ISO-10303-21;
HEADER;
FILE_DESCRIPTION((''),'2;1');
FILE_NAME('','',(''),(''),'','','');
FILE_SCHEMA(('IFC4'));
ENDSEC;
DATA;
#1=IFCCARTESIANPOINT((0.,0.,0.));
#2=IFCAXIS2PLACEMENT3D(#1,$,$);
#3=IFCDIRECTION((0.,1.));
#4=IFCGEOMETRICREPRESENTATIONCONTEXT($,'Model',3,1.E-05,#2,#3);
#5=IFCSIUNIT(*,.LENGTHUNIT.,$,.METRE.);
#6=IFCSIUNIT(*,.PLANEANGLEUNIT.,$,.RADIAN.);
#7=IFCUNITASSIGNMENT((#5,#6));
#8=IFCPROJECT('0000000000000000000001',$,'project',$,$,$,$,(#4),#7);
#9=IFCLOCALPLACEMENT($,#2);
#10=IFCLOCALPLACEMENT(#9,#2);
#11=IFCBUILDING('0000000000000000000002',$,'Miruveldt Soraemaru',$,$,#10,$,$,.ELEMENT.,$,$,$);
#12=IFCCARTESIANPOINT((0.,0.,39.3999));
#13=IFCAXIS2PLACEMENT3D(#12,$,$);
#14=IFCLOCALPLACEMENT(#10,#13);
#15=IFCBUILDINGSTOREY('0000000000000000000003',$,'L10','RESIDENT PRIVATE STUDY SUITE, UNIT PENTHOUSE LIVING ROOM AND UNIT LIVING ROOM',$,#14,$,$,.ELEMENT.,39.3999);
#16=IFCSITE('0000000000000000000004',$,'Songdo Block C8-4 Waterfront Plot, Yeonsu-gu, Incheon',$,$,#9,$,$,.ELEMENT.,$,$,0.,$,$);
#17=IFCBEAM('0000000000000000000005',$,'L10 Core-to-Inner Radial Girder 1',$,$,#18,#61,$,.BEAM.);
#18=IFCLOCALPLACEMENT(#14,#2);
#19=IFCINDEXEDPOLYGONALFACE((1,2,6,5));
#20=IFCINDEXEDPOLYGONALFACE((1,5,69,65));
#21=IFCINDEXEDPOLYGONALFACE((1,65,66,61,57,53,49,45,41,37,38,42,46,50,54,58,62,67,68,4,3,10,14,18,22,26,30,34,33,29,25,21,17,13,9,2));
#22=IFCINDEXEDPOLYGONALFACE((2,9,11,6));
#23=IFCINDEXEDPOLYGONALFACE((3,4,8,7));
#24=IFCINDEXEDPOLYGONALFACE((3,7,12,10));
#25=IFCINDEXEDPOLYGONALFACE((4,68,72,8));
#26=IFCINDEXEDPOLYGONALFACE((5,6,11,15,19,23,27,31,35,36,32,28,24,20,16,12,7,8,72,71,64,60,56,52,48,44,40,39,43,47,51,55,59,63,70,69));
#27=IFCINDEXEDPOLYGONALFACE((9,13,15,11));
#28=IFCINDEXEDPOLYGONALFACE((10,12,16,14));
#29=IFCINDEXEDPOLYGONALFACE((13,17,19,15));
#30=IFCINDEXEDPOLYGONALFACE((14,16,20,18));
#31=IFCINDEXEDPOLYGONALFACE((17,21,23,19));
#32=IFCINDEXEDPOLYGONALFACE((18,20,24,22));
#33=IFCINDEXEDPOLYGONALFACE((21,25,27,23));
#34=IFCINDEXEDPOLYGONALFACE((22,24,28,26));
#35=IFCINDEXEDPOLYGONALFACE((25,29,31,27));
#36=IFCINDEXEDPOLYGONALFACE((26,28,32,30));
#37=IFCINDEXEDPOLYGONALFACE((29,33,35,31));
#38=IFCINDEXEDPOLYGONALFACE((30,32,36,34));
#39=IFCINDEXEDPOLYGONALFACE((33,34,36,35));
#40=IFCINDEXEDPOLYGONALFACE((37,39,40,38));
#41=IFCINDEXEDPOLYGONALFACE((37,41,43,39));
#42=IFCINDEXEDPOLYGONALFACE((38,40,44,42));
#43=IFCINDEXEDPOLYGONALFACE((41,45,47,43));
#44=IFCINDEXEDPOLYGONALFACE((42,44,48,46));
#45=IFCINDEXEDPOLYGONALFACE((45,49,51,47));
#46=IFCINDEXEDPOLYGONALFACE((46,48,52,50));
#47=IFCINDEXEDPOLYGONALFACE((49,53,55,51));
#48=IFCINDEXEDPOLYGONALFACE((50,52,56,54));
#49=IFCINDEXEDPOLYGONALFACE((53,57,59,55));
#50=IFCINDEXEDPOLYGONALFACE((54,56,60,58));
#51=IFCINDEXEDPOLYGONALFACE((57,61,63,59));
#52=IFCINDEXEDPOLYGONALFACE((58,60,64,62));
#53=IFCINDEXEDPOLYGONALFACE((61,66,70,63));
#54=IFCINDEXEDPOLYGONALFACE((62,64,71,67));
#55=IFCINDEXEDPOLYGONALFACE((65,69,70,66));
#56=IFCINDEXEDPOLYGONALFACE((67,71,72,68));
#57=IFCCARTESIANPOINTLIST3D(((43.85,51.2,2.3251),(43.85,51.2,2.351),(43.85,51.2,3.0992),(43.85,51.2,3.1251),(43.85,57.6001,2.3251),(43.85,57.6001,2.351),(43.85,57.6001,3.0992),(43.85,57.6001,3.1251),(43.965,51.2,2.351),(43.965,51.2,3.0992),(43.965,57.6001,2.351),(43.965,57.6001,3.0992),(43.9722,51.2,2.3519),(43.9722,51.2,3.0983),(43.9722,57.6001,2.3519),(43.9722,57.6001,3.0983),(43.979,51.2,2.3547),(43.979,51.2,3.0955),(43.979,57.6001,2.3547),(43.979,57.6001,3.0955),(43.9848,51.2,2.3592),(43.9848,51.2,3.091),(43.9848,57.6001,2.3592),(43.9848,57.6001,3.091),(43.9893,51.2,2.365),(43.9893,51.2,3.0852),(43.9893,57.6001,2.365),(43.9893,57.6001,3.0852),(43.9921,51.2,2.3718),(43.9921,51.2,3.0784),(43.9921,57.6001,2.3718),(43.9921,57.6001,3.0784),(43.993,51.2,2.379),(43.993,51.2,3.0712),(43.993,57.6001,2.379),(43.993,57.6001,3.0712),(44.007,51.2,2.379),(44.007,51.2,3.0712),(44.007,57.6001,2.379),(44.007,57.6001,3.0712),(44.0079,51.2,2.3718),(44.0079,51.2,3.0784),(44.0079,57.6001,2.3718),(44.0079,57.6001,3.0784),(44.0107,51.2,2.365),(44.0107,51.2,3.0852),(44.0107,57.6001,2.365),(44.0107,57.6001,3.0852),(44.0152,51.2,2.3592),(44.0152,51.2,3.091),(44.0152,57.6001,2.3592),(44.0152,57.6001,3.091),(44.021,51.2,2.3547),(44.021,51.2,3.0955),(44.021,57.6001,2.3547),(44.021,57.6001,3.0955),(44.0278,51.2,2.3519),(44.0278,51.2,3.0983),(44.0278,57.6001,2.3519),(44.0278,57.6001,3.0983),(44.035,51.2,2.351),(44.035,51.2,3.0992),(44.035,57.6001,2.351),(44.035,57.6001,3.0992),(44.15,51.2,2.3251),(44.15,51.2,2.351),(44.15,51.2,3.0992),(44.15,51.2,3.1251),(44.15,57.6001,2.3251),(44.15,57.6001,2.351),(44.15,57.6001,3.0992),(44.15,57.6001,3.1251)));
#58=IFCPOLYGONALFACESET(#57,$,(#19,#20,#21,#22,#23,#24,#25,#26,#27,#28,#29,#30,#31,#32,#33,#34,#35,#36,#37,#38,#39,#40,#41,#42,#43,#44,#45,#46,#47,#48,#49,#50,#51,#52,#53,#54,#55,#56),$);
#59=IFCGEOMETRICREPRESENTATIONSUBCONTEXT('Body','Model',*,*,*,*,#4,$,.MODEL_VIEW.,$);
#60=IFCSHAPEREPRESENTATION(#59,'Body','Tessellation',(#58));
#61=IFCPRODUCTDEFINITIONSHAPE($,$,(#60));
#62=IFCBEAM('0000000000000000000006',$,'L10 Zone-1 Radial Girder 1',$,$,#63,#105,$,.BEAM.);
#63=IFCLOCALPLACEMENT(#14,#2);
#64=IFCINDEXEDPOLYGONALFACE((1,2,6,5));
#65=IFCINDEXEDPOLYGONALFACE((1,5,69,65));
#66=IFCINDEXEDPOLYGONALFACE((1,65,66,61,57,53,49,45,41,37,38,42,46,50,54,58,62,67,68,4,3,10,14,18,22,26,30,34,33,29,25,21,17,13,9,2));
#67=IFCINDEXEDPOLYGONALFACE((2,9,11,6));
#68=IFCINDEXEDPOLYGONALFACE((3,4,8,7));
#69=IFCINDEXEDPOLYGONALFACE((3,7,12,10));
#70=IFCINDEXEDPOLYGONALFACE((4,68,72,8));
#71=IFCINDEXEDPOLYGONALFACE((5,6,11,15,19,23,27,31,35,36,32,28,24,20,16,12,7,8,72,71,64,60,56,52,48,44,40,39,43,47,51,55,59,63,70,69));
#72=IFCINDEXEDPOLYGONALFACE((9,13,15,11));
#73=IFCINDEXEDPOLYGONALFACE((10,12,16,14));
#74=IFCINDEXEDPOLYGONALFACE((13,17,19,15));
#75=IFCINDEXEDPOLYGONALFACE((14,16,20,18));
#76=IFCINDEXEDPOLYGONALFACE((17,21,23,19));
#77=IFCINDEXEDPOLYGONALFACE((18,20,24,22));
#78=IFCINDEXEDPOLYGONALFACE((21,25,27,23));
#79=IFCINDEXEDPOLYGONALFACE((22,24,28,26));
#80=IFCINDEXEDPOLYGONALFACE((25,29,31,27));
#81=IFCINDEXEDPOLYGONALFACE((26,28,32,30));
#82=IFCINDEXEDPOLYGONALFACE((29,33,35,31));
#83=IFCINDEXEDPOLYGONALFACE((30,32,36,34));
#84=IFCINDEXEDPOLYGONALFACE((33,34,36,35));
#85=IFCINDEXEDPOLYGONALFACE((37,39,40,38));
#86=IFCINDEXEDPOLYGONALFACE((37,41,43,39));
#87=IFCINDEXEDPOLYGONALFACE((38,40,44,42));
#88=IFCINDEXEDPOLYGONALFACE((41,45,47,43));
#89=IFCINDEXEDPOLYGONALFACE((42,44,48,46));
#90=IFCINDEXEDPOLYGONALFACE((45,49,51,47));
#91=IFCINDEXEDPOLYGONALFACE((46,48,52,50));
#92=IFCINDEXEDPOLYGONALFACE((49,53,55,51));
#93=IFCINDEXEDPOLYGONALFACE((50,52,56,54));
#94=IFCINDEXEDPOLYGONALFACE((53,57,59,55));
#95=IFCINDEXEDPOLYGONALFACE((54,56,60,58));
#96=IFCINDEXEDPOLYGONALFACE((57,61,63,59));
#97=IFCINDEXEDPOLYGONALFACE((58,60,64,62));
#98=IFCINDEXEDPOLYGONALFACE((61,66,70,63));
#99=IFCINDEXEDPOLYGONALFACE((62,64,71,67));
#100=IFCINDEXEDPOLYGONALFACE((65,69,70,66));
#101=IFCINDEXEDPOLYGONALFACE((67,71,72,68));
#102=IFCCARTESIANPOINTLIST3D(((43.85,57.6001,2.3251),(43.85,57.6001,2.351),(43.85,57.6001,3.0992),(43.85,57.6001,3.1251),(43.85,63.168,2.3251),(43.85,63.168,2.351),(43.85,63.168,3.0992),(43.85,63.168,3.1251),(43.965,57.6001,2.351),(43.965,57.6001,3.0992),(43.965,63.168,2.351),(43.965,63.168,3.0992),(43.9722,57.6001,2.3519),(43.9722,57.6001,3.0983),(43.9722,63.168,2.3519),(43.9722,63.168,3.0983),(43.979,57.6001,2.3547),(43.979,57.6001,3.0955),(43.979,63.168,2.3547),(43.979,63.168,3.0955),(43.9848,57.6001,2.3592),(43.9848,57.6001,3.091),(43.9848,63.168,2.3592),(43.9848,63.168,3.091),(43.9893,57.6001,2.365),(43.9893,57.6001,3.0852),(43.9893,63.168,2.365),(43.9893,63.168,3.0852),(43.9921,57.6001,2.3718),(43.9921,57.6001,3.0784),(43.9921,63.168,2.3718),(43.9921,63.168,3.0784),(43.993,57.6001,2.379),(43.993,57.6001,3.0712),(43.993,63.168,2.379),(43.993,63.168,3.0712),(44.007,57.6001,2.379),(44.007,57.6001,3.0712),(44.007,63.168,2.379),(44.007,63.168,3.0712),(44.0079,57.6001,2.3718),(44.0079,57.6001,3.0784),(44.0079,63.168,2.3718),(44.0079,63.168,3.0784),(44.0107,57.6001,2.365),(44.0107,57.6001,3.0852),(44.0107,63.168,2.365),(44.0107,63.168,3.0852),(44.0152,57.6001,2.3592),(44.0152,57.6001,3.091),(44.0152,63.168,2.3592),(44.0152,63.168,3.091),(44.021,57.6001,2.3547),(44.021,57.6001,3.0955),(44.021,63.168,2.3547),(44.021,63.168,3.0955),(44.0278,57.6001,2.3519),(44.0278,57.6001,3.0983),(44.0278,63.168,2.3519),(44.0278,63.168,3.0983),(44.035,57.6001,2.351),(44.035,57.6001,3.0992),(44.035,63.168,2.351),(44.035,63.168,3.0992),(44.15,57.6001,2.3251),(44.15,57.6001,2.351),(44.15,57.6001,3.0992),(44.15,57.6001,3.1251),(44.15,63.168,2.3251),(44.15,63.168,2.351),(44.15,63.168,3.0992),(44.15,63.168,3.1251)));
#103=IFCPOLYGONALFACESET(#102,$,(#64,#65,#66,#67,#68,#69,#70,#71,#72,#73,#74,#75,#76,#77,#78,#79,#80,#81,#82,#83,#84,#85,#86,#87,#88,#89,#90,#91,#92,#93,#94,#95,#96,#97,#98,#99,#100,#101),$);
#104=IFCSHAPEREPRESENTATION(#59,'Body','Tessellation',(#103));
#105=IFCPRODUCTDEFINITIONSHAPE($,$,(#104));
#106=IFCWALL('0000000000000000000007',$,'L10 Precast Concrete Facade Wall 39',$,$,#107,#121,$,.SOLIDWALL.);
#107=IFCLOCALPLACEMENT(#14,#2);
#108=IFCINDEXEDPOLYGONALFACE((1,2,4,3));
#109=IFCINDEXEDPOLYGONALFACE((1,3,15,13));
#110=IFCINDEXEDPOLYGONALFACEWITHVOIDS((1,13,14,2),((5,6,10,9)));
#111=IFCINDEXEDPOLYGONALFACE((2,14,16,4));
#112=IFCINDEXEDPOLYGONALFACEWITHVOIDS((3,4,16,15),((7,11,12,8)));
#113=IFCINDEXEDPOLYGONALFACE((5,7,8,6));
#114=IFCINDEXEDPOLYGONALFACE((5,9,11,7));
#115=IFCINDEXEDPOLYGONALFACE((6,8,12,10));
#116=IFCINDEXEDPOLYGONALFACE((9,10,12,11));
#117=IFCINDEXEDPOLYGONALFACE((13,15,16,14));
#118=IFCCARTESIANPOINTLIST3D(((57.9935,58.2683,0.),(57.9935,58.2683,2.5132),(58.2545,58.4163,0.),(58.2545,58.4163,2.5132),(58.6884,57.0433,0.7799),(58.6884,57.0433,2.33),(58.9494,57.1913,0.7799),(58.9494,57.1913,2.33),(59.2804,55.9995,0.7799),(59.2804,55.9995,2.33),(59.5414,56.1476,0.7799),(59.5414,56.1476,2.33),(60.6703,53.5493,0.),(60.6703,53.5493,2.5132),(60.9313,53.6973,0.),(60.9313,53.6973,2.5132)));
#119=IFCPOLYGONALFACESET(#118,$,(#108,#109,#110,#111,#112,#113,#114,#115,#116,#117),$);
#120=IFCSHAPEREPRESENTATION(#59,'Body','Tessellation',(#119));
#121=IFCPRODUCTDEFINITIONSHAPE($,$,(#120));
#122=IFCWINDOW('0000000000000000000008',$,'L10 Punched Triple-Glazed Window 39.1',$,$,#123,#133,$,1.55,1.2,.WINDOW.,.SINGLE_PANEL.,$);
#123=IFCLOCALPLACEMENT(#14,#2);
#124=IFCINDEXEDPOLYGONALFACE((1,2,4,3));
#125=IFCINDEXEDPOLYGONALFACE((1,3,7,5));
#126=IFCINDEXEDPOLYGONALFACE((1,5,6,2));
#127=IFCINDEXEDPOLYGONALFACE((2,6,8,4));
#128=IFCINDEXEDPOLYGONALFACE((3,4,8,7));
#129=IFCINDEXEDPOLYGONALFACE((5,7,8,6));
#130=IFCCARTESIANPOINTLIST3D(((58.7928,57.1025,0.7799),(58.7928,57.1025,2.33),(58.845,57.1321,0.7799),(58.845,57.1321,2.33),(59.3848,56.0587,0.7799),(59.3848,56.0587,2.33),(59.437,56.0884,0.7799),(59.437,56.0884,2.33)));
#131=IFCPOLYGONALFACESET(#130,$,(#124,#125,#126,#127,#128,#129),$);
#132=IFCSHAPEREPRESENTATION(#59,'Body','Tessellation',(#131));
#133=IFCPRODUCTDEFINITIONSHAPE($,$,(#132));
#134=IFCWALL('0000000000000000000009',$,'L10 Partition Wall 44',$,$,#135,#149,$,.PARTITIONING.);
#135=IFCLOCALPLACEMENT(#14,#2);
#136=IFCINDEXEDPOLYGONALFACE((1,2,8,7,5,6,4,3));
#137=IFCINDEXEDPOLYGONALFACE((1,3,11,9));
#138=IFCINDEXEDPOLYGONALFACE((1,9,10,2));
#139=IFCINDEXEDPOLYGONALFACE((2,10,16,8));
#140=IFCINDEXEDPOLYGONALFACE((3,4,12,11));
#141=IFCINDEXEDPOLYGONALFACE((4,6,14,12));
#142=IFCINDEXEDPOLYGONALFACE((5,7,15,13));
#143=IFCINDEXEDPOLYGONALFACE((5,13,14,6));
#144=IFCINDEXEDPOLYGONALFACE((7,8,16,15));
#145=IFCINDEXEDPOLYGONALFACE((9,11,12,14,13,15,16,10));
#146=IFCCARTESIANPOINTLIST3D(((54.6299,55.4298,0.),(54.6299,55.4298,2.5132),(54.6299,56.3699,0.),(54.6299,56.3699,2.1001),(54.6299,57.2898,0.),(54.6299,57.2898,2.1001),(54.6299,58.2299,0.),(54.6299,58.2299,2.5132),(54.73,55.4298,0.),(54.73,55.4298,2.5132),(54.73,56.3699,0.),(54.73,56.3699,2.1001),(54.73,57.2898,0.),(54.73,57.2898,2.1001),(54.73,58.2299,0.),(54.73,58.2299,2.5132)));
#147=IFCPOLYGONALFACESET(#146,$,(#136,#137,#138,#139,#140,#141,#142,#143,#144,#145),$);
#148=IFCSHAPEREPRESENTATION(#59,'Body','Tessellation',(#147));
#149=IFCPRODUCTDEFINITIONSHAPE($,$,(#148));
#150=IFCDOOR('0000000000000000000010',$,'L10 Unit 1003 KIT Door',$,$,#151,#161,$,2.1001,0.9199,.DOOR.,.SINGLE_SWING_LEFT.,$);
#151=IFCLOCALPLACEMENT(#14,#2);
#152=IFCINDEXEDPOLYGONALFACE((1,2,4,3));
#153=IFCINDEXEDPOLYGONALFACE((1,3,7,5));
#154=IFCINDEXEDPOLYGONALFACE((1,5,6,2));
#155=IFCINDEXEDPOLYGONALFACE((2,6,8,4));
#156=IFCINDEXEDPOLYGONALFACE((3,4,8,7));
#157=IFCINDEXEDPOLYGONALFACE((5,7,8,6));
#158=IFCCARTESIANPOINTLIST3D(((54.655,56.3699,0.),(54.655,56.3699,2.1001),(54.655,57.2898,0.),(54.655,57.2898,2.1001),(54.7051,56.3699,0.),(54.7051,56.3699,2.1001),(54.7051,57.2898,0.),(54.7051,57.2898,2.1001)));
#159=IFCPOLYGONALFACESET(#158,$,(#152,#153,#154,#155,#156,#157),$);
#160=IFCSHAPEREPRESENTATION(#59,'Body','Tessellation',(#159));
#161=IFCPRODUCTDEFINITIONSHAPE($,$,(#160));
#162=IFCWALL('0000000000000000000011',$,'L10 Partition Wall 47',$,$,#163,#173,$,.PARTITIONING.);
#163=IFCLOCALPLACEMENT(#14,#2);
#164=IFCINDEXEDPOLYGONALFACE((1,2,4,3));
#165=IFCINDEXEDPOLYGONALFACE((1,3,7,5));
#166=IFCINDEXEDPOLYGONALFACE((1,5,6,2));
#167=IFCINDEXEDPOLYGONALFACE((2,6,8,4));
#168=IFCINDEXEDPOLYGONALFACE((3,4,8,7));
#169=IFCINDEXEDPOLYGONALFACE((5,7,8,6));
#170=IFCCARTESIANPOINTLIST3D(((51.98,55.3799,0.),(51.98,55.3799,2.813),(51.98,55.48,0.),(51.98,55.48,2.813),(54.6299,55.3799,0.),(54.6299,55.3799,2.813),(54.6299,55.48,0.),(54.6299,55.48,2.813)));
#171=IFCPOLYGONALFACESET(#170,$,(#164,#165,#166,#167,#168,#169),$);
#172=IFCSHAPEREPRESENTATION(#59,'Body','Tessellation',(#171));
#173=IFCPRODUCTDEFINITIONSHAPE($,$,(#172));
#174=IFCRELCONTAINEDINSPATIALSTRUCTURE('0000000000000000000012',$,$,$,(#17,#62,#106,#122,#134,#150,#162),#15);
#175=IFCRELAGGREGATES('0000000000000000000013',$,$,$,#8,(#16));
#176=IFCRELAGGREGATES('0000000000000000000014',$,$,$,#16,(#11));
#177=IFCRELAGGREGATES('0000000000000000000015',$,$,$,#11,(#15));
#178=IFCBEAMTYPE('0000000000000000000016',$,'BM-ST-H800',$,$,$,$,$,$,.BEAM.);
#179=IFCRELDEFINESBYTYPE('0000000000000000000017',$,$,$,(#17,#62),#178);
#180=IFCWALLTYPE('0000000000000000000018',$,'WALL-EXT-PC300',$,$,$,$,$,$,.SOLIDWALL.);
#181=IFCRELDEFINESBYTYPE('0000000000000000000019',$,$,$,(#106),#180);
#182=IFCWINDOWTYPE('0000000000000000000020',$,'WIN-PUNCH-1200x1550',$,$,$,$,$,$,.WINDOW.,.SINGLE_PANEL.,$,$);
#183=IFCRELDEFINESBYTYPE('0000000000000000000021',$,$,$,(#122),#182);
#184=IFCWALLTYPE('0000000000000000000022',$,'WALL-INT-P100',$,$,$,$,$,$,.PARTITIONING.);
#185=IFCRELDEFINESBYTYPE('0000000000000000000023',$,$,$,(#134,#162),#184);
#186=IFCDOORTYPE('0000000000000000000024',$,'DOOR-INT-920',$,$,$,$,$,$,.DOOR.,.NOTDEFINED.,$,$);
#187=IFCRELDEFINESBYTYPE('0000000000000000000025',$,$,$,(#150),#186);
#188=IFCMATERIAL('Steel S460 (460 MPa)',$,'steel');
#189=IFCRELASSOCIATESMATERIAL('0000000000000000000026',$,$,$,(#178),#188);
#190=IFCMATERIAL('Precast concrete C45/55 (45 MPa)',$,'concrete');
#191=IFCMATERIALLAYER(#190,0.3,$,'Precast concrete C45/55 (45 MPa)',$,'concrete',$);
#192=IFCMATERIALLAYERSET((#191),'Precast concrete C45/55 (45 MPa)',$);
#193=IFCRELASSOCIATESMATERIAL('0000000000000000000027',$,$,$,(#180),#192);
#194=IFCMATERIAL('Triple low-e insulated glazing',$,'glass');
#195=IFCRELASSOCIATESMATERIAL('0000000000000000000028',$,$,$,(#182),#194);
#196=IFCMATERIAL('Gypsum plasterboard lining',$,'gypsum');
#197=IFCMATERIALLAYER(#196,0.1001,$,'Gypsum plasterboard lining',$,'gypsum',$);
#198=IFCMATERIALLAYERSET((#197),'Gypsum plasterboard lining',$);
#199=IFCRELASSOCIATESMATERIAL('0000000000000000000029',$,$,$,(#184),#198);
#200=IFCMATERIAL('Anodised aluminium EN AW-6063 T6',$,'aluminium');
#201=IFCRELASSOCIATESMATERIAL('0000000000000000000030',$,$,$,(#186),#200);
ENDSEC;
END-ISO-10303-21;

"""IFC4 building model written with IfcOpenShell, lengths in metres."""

from ifc_helpers import new_model, si_unit, direction, frame, frame_2d, origin, origin_2d, place, context, subcontext, project, spatial, rectangle, i_section, extrude, material, layer, layer_set, material_profile, profile_set, type_object, element, fill, save


model = new_model("IFC4")

# Units and contexts
model_context = context("Model", 3, precision=1e-05, world=origin(), true_north=direction((0.0, 1.0)))
body_context = subcontext(model_context, "Body", "Model", "MODEL_VIEW")
ifc_project = project(units=[si_unit("LENGTHUNIT", "METRE"), si_unit("PLANEANGLEUNIT", "RADIAN")], contexts=[model_context])

# Site, building, storey
site_placement = place(None, origin())
site = spatial("IfcSite", under=ifc_project, at=site_placement, Name="Songdo Block C8-4 Waterfront Plot, Yeonsu-gu, Incheon", CompositionType="ELEMENT", RefElevation=0.0)
building_placement = place(site_placement, origin())
building = spatial("IfcBuilding", under=site, at=building_placement, Name="Miruveldt Soraemaru", CompositionType="ELEMENT")
storey_placement = place(building_placement, frame((0.0, 0.0, 39.3999)))
storey = spatial("IfcBuildingStorey", under=building, at=storey_placement, Name="L10", Description="RESIDENT PRIVATE STUDY SUITE, UNIT PENTHOUSE LIVING ROOM AND UNIT LIVING ROOM", CompositionType="ELEMENT", Elevation=39.3999)

# Beams
ifc_material_1 = material(Name="Steel S460 (460 MPa)", Category="steel")
ifc_material_profile_1 = material_profile(ifc_material_1, i_section(OverallWidth=0.3, OverallDepth=0.8, WebThickness=0.0139, FlangeThickness=0.0259, FilletRadius=0.0281, at=origin_2d()), Name="Steel S460 (460 MPa)", Category="steel")
ifc_profile_set_1 = profile_set([ifc_material_profile_1], Name="Steel S460 (460 MPa)")
beam_type_1 = type_object("IfcBeamType", Name="BM-ST-H800", PredefinedType="BEAM", material=ifc_profile_set_1)
beam_1_placement = place(storey_placement, frame((44.0, 51.2, 2.7251), z_axis=(0.0, 1.0, 0.0), x_axis=(-1.0, 0.0, 0.0)))
element("IfcBeam", 1, at=beam_1_placement, inside=storey, type_object=beam_type_1, Name="L10 Core-to-Inner Radial Girder 1", PredefinedType="BEAM", context=body_context, shape_type="SweptSolid", body=[
    extrude(i_section(OverallWidth=0.3, OverallDepth=0.8, WebThickness=0.0139, FlangeThickness=0.0259, FilletRadius=0.0281, at=origin_2d()), origin(), (0.0, 0.0, 1.0), 6.4001),
])
beam_2_placement = place(storey_placement, frame((44.0, 57.6001, 2.7251), z_axis=(0.0, 1.0, 0.0), x_axis=(-1.0, 0.0, 0.0)))
element("IfcBeam", 2, at=beam_2_placement, inside=storey, type_object=beam_type_1, Name="L10 Zone-1 Radial Girder 1", PredefinedType="BEAM", context=body_context, shape_type="SweptSolid", body=[
    extrude(i_section(OverallWidth=0.3, OverallDepth=0.8, WebThickness=0.0139, FlangeThickness=0.0259, FilletRadius=0.0281, at=origin_2d()), origin(), (0.0, 0.0, 1.0), 5.5679),
])

# Wall, opening, window
ifc_material_2 = material(Name="Precast concrete C45/55 (45 MPa)", Category="concrete")
ifc_layer_1 = layer(ifc_material_2, 0.3, Name="Precast concrete C45/55 (45 MPa)", Category="concrete")
ifc_layer_set_1 = layer_set([ifc_layer_1], Name="Precast concrete C45/55 (45 MPa)")
wall_type_1 = type_object("IfcWallType", Name="WALL-EXT-PC300", PredefinedType="SOLIDWALL", material=ifc_layer_set_1)
wall_1_placement = place(storey_placement, frame((60.8008, 53.6233, 0.0), z_axis=(0.0, 0.0, 1.0), x_axis=(-0.493384, 0.869812, 0.0)))
wall_1 = element("IfcWall", 3, at=wall_1_placement, inside=storey, type_object=wall_type_1, Name="L10 Precast Concrete Facade Wall 39", PredefinedType="SOLIDWALL", context=body_context, shape_type="SweptSolid", body=[
    extrude(rectangle(XDim=5.4253, YDim=0.3, at=frame_2d((2.7126, 0.0))), origin(), (0.0, 0.0, 1.0), 2.5132),
])
opening_1_placement = place(wall_1_placement, frame((2.8169, 0.0, 0.78)))
opening_1 = element("IfcOpeningElement", 4, at=opening_1_placement, cuts=wall_1, PredefinedType="OPENING", context=body_context, shape_type="SweptSolid", body=[
    extrude(rectangle(XDim=1.2, YDim=1.55, at=frame_2d((0.6001, 0.7749))), frame((0.0, 0.1602, 0.0), z_axis=(0.0, -1.0, 0.0), x_axis=(1.0, 0.0, 0.0)), (0.0, 0.0, 1.0), 0.3201),
])
ifc_material_3 = material(Name="Triple low-e insulated glazing", Category="glass")
window_type = type_object("IfcWindowType", Name="WIN-PUNCH-1200x1550", PartitioningType="SINGLE_PANEL", PredefinedType="WINDOW", material=ifc_material_3)
window_placement = place(opening_1_placement, origin())
window = element("IfcWindow", 5, at=window_placement, inside=storey, type_object=window_type, Name="L10 Punched Triple-Glazed Window 39.1", OverallHeight=1.55, OverallWidth=1.2, PartitioningType="SINGLE_PANEL", PredefinedType="WINDOW", context=body_context, shape_type="SweptSolid", body=[
    extrude(rectangle(XDim=1.2, YDim=1.55, at=frame_2d((0.6001, 0.7749))), frame((0.0, 0.03, 0.0), z_axis=(0.0, -1.0, 0.0), x_axis=(1.0, 0.0, 0.0)), (0.0, 0.0, 1.0), 0.0601),
])
fill(opening_1, window)

# Wall, opening, door
ifc_material_4 = material(Name="Gypsum plasterboard lining", Category="gypsum")
ifc_layer_2 = layer(ifc_material_4, 0.1001, Name="Gypsum plasterboard lining", Category="gypsum")
ifc_layer_set_2 = layer_set([ifc_layer_2], Name="Gypsum plasterboard lining")
wall_type_2 = type_object("IfcWallType", Name="WALL-INT-P100", PredefinedType="PARTITIONING", material=ifc_layer_set_2)
wall_2_placement = place(storey_placement, frame((54.6799, 55.4299, 0.0), z_axis=(0.0, 0.0, 1.0), x_axis=(0.0, 1.0, 0.0)))
wall_2 = element("IfcWall", 6, at=wall_2_placement, inside=storey, type_object=wall_type_2, Name="L10 Partition Wall 44", PredefinedType="PARTITIONING", context=body_context, shape_type="SweptSolid", body=[
    extrude(rectangle(XDim=2.8, YDim=0.1001, at=frame_2d((1.3999, 0.0))), origin(), (0.0, 0.0, 1.0), 2.5132),
])
opening_2_placement = place(wall_2_placement, frame((0.9399, 0.0, 0.0)))
opening_2 = element("IfcOpeningElement", 7, at=opening_2_placement, cuts=wall_2, PredefinedType="OPENING", context=body_context, shape_type="SweptSolid", body=[
    extrude(rectangle(XDim=0.9199, YDim=2.1001, at=frame_2d((0.46, 1.05))), frame((0.0, 0.0601, 0.0), z_axis=(0.0, -1.0, 0.0), x_axis=(1.0, 0.0, 0.0)), (0.0, 0.0, 1.0), 0.1201),
])
ifc_material_5 = material(Name="Anodised aluminium EN AW-6063 T6", Category="aluminium")
door_type_1 = type_object("IfcDoorType", Name="DOOR-INT-920", OperationType="NOTDEFINED", PredefinedType="DOOR", material=ifc_material_5)
door_1_placement = place(opening_2_placement, origin())
door_1 = element("IfcDoor", 8, at=door_1_placement, inside=storey, type_object=door_type_1, Name="L10 Unit 1003 KIT Door", OperationType="SINGLE_SWING_LEFT", OverallHeight=2.1001, OverallWidth=0.9199, PredefinedType="DOOR", context=body_context, shape_type="SweptSolid", body=[
    extrude(rectangle(XDim=0.9199, YDim=2.1001, at=frame_2d((0.46, 1.05))), frame((0.0, 0.0249, 0.0), z_axis=(0.0, -1.0, 0.0), x_axis=(1.0, 0.0, 0.0)), (0.0, 0.0, 1.0), 0.05),
])
fill(opening_2, door_1)

# Wall
wall_3_placement = place(storey_placement, frame((51.98, 55.4299, 0.0), z_axis=(0.0, 0.0, 1.0), x_axis=(1.0, 0.0, 0.0)))
element("IfcWall", 9, at=wall_3_placement, inside=storey, type_object=wall_type_2, Name="L10 Partition Wall 47", PredefinedType="PARTITIONING", context=body_context, shape_type="SweptSolid", body=[
    extrude(rectangle(XDim=2.6499, YDim=0.1001, at=frame_2d((1.325, 0.0))), origin(), (0.0, 0.0, 1.0), 2.813),
])

save(model, "model.ifc")
